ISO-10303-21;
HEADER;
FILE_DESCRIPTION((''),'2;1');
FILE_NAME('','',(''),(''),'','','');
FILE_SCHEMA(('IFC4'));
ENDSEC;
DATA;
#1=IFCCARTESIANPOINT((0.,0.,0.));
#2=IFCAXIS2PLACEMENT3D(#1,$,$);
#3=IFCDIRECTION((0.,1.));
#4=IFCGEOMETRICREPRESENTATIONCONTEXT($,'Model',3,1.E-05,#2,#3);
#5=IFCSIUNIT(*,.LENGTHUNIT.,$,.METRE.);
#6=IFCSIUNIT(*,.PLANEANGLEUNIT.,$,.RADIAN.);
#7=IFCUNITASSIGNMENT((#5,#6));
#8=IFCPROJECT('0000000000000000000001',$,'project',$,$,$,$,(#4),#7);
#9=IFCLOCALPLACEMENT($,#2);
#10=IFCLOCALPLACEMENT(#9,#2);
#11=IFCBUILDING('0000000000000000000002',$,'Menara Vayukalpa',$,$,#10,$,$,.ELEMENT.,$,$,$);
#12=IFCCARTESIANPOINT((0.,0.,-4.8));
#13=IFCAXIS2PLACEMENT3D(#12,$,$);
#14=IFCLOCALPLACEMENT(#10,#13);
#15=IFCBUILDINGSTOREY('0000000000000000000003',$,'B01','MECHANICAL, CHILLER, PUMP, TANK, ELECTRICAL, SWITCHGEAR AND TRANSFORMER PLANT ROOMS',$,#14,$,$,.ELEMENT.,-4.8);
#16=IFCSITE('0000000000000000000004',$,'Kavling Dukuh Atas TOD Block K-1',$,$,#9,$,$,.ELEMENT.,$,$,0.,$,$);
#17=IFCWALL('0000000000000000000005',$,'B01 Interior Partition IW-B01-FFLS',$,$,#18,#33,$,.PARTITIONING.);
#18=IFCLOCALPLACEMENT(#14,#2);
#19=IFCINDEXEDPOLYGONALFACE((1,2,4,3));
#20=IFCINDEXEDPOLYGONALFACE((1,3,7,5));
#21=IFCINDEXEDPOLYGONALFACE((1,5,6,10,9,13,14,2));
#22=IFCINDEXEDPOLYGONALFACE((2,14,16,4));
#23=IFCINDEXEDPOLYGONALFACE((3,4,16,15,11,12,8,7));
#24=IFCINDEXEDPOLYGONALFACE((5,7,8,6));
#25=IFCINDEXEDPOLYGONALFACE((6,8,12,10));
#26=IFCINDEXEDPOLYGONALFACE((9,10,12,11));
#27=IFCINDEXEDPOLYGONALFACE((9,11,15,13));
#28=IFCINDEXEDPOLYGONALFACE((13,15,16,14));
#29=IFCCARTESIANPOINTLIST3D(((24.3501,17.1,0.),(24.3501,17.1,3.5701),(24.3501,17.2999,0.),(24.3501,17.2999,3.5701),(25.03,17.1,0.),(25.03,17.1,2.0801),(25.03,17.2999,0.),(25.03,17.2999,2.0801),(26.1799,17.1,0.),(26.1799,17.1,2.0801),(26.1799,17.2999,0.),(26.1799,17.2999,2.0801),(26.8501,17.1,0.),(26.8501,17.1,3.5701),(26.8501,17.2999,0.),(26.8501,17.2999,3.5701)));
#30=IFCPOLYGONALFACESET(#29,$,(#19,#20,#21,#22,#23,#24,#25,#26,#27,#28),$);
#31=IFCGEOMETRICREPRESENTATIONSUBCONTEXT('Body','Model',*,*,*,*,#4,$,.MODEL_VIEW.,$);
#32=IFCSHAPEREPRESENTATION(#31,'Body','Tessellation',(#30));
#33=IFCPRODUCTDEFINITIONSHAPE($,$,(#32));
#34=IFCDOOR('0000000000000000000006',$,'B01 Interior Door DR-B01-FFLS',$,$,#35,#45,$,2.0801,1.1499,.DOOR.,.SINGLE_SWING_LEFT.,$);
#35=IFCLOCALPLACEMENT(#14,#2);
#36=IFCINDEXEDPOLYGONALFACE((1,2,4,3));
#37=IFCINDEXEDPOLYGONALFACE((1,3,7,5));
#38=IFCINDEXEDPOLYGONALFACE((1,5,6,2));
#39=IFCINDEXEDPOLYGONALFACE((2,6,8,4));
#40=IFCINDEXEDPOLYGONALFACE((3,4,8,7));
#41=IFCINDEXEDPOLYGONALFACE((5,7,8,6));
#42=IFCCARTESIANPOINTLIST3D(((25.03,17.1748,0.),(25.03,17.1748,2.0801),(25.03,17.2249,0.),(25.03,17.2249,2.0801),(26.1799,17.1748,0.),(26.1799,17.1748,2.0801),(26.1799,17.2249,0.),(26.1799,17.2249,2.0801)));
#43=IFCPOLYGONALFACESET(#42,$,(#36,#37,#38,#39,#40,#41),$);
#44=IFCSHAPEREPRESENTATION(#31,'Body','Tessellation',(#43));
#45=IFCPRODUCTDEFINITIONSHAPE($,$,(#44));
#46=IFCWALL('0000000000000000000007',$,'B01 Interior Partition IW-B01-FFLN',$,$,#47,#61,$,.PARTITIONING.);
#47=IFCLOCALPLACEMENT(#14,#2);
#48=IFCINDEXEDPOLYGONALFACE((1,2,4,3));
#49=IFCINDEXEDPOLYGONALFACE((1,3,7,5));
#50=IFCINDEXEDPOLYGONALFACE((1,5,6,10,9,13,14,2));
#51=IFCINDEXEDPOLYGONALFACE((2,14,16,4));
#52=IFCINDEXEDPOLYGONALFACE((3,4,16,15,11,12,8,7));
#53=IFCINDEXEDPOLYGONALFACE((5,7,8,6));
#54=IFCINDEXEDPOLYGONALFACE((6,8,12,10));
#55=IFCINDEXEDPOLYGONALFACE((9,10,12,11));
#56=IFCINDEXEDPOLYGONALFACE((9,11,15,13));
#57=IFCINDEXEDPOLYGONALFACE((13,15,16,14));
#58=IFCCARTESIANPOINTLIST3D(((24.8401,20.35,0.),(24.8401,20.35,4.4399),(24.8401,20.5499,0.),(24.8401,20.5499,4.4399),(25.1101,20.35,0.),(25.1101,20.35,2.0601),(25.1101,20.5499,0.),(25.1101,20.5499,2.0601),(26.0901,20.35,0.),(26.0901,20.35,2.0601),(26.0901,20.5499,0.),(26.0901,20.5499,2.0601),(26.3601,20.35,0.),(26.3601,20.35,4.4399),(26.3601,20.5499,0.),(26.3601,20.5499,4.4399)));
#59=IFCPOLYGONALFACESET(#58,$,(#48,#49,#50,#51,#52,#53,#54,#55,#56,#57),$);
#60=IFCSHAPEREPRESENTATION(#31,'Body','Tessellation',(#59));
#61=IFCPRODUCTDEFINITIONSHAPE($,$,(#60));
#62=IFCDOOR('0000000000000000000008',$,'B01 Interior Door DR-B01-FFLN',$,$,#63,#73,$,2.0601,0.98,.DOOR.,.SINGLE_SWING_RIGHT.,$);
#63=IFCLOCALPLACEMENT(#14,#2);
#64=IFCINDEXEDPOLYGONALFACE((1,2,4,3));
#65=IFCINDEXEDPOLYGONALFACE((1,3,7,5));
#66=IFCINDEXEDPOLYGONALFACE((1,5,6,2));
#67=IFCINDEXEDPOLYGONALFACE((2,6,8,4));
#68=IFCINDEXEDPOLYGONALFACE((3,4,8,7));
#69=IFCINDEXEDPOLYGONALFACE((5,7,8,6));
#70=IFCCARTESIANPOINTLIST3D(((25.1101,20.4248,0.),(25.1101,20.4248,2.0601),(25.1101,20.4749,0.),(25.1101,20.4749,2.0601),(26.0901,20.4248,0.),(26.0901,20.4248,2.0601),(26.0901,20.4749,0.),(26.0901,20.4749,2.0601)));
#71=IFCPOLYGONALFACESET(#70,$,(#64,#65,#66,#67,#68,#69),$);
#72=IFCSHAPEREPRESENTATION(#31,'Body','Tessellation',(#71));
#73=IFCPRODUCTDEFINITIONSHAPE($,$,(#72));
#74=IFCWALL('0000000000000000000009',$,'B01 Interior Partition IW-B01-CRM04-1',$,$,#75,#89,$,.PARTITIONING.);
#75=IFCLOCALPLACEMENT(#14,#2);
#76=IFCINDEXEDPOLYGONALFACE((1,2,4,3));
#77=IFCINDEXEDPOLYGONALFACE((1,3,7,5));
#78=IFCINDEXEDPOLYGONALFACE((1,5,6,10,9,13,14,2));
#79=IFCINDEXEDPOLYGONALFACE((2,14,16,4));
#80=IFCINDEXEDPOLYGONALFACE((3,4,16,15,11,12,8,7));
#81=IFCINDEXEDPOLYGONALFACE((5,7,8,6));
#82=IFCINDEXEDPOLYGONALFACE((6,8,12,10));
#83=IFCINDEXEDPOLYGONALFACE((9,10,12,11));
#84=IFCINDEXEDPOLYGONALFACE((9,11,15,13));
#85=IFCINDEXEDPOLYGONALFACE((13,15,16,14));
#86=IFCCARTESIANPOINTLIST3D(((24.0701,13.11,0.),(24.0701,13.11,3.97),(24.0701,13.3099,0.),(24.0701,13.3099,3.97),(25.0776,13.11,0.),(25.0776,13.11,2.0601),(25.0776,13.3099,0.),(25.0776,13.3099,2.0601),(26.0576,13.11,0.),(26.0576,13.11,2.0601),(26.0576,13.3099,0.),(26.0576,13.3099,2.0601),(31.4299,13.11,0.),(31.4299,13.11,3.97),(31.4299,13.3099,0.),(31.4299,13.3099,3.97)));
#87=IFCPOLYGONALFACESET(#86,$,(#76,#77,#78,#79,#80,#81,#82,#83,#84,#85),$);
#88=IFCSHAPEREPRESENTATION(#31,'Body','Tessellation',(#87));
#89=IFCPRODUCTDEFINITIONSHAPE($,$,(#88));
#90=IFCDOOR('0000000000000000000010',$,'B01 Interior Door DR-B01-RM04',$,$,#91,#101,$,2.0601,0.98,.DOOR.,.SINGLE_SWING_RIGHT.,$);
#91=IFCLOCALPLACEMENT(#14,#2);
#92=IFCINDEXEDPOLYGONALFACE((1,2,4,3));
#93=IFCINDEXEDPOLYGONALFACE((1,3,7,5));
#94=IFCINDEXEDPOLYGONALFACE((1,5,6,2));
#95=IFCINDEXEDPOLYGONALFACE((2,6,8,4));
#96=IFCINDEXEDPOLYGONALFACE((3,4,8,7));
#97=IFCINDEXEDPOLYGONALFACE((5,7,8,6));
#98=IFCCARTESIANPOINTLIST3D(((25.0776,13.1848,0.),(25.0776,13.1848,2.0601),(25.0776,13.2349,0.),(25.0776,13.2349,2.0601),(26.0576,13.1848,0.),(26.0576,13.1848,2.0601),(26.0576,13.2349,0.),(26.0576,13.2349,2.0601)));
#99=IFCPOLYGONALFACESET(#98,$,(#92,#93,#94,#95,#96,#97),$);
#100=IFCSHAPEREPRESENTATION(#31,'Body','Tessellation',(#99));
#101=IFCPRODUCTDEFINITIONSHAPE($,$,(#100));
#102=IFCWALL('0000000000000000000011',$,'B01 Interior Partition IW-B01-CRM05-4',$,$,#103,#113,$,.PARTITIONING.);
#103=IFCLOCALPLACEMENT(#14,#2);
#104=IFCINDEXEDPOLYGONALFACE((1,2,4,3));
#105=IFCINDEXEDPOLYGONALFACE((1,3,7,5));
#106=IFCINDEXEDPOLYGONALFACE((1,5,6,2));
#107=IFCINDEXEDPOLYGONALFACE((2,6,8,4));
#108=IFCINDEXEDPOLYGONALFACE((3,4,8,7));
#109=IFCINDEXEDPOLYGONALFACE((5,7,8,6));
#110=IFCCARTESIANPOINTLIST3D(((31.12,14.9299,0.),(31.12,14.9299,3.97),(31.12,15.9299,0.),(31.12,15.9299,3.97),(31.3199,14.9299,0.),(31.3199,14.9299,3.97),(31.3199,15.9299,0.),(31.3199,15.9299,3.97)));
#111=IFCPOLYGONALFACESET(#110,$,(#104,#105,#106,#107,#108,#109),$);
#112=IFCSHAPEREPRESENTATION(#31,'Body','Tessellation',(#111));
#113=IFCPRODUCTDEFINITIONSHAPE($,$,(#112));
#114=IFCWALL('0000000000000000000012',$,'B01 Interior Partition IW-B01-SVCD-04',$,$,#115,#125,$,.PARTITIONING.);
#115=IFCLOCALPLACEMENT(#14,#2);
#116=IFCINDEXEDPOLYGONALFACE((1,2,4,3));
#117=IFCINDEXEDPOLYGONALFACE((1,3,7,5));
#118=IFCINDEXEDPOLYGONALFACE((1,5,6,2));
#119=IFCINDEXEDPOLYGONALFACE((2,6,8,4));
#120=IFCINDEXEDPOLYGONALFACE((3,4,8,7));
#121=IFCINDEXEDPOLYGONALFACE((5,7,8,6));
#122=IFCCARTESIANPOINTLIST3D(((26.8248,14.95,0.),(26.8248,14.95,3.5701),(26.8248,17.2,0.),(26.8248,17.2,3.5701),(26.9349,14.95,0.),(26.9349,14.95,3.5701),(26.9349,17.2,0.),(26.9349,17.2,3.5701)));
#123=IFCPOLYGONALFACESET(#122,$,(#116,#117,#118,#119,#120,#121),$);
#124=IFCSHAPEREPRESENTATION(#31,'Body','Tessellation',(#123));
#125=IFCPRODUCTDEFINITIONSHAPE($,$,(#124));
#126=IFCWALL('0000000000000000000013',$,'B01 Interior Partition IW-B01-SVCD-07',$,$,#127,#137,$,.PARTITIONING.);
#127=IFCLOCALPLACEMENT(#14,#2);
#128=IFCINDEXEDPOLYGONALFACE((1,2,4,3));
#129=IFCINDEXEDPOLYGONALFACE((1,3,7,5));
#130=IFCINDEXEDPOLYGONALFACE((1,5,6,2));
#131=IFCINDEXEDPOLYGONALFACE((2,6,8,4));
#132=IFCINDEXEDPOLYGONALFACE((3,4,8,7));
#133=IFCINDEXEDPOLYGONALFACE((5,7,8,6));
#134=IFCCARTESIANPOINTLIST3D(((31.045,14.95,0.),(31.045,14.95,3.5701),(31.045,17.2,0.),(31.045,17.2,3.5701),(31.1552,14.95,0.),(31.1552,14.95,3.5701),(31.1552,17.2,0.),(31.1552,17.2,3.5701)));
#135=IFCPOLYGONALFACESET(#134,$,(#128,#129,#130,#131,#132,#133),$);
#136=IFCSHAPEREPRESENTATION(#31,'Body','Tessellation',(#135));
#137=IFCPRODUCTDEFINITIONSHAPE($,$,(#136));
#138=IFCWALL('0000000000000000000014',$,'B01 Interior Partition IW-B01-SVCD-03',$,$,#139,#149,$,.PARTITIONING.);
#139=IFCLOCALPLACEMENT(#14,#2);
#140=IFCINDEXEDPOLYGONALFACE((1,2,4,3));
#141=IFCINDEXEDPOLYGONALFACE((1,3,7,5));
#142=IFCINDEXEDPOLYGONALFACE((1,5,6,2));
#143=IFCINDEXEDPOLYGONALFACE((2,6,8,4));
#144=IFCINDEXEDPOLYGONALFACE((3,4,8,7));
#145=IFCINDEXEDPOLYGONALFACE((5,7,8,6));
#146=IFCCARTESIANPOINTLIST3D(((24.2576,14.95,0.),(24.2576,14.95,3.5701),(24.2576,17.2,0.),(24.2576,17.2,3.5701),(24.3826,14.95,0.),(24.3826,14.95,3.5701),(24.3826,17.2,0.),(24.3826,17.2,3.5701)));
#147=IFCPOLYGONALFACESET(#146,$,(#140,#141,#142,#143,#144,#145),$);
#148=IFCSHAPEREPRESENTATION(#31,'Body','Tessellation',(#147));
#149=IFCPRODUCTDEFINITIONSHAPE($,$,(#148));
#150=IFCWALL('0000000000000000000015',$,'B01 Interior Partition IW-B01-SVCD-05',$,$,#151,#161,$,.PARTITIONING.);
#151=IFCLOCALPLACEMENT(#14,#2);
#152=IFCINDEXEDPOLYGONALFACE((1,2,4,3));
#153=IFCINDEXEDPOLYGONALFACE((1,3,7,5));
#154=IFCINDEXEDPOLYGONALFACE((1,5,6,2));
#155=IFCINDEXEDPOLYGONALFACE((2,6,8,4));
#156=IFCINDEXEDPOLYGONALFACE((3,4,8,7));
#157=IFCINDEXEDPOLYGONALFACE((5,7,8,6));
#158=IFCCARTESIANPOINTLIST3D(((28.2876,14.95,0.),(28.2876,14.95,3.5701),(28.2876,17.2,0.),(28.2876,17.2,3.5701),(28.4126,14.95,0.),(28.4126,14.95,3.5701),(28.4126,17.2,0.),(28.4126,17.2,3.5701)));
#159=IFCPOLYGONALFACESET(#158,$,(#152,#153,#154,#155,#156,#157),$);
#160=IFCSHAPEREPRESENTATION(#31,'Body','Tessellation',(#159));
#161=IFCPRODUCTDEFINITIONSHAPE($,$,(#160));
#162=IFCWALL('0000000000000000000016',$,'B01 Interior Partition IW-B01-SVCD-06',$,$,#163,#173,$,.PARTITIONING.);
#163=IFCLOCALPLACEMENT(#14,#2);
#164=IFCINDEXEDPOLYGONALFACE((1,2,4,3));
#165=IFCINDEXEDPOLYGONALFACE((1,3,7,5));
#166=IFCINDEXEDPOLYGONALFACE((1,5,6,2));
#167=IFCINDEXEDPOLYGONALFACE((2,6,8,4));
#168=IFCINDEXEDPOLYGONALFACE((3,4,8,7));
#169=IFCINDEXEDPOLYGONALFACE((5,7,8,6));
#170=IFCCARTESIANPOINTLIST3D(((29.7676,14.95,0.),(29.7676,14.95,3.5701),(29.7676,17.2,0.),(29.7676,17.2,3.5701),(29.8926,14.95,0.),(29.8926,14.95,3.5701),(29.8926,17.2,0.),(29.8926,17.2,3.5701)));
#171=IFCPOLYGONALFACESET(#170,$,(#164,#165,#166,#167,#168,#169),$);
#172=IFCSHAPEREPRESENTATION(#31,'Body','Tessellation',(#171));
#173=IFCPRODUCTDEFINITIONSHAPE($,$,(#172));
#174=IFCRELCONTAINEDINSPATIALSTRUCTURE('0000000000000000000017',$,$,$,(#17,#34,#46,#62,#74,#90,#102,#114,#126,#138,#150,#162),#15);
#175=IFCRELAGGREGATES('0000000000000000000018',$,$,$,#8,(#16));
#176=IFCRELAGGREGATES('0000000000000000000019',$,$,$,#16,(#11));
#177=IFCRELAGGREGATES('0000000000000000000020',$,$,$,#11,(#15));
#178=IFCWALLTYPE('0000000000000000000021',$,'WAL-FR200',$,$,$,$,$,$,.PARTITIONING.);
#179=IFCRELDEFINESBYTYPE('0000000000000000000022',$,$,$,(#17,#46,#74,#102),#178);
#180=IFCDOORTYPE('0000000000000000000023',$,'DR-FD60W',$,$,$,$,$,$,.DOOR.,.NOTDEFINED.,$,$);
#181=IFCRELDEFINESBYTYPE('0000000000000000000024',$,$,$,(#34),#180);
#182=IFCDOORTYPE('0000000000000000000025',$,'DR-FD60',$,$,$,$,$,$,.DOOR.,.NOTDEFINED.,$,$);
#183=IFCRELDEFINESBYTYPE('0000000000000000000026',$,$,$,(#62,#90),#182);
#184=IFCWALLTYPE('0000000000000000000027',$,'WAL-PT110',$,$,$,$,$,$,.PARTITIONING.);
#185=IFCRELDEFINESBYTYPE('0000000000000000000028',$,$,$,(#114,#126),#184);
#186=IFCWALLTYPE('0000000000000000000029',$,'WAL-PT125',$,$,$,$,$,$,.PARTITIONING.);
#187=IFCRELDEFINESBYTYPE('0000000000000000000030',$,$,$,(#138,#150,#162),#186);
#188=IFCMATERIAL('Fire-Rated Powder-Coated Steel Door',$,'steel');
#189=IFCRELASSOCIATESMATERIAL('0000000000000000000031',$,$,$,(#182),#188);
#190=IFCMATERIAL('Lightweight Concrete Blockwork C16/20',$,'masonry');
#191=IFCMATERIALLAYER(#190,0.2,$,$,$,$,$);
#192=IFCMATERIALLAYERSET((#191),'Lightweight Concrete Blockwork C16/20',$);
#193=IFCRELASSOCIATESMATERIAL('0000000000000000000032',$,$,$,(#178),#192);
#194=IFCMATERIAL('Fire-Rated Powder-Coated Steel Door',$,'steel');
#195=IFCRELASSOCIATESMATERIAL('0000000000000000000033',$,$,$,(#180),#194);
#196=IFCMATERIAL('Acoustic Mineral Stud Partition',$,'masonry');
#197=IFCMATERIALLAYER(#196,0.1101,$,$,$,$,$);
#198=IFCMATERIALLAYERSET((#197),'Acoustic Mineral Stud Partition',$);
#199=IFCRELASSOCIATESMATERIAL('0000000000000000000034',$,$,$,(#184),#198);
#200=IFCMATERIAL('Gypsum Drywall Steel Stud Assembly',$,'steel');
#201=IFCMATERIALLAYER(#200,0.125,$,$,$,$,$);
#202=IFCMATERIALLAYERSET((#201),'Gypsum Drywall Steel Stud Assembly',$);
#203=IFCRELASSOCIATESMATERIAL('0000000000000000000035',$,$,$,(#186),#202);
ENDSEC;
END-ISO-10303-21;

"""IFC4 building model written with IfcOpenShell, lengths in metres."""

from ifc_helpers import new_model, si_unit, direction, frame, frame_2d, origin, place, context, subcontext, project, spatial, rectangle, extrude, material, layer, layer_set, type_object, element, fill, save


model = new_model("IFC4")

# Units and contexts
model_context = context("Model", 3, precision=1e-05, world=origin(), true_north=direction((0.0, 1.0)))
body_context = subcontext(model_context, "Body", "Model", "MODEL_VIEW")
ifc_project = project(units=[si_unit("LENGTHUNIT", "METRE"), si_unit("PLANEANGLEUNIT", "RADIAN")], contexts=[model_context])

# Site, building, storey
site_placement = place(None, origin())
site = spatial("IfcSite", under=ifc_project, at=site_placement, Name="Kavling Dukuh Atas TOD Block K-1", CompositionType="ELEMENT", RefElevation=0.0)
building_placement = place(site_placement, origin())
building = spatial("IfcBuilding", under=site, at=building_placement, Name="Menara Vayukalpa", CompositionType="ELEMENT")
storey_placement = place(building_placement, frame((0.0, 0.0, -4.8)))
storey = spatial("IfcBuildingStorey", under=building, at=storey_placement, Name="B01", Description="MECHANICAL, CHILLER, PUMP, TANK, ELECTRICAL, SWITCHGEAR AND TRANSFORMER PLANT ROOMS", CompositionType="ELEMENT", Elevation=-4.8)

# Walls, openings, doors
ifc_material_1 = material(Name="Fire-Rated Powder-Coated Steel Door", Category="steel")
door_type_1 = type_object("IfcDoorType", Name="DR-FD60", OperationType="NOTDEFINED", PredefinedType="DOOR", material=ifc_material_1)
ifc_material_2 = material(Name="Lightweight Concrete Blockwork C16/20", Category="masonry")
ifc_layer_1 = layer(ifc_material_2, 0.2)
ifc_layer_set_1 = layer_set([ifc_layer_1], Name="Lightweight Concrete Blockwork C16/20")
wall_type_1 = type_object("IfcWallType", Name="WAL-FR200", PredefinedType="PARTITIONING", material=ifc_layer_set_1)
wall_1_placement = place(storey_placement, frame((24.3501, 17.2, 0.0), z_axis=(0.0, 0.0, 1.0), x_axis=(1.0, 0.0, 0.0)))
wall_1 = element("IfcWall", 1, at=wall_1_placement, inside=storey, type_object=wall_type_1, Name="B01 Interior Partition IW-B01-FFLS", PredefinedType="PARTITIONING", context=body_context, shape_type="SweptSolid", body=[
    extrude(rectangle(XDim=2.5, YDim=0.2, at=frame_2d((1.25, 0.0))), origin(), (0.0, 0.0, 1.0), 3.5701),
])
opening_1_placement = place(wall_1_placement, frame((0.6799, 0.0, 0.0)))
opening_1 = element("IfcOpeningElement", 2, at=opening_1_placement, cuts=wall_1, PredefinedType="OPENING", context=body_context, shape_type="SweptSolid", body=[
    extrude(rectangle(XDim=1.1499, YDim=2.0801, at=frame_2d((0.575, 1.04))), frame((0.0, 0.1099, 0.0), z_axis=(0.0, -1.0, 0.0), x_axis=(1.0, 0.0, 0.0)), (0.0, 0.0, 1.0), 0.22),
])
ifc_material_3 = material(Name="Fire-Rated Powder-Coated Steel Door", Category="steel")
door_type_2 = type_object("IfcDoorType", Name="DR-FD60W", OperationType="NOTDEFINED", PredefinedType="DOOR", material=ifc_material_3)
door_1_placement = place(opening_1_placement, origin())
door_1 = element("IfcDoor", 3, at=door_1_placement, inside=storey, type_object=door_type_2, Name="B01 Interior Door DR-B01-FFLS", OperationType="SINGLE_SWING_LEFT", OverallHeight=2.0801, OverallWidth=1.1499, PredefinedType="DOOR", context=body_context, shape_type="SweptSolid", body=[
    extrude(rectangle(XDim=1.1499, YDim=2.0801, at=frame_2d((0.575, 1.04))), frame((0.0, 0.0249, 0.0), z_axis=(0.0, -1.0, 0.0), x_axis=(1.0, 0.0, 0.0)), (0.0, 0.0, 1.0), 0.05),
])
fill(opening_1, door_1)
wall_2_placement = place(storey_placement, frame((24.8401, 20.45, 0.0), z_axis=(0.0, 0.0, 1.0), x_axis=(1.0, 0.0, 0.0)))
wall_2 = element("IfcWall", 4, at=wall_2_placement, inside=storey, type_object=wall_type_1, Name="B01 Interior Partition IW-B01-FFLN", PredefinedType="PARTITIONING", context=body_context, shape_type="SweptSolid", body=[
    extrude(rectangle(XDim=1.52, YDim=0.2, at=frame_2d((0.76, 0.0))), origin(), (0.0, 0.0, 1.0), 4.4399),
])
opening_2_placement = place(wall_2_placement, frame((0.27, 0.0, 0.0)))
opening_2 = element("IfcOpeningElement", 5, at=opening_2_placement, cuts=wall_2, PredefinedType="OPENING", context=body_context, shape_type="SweptSolid", body=[
    extrude(rectangle(XDim=0.98, YDim=2.0601, at=frame_2d((0.49, 1.03))), frame((0.0, 0.1099, 0.0), z_axis=(0.0, -1.0, 0.0), x_axis=(1.0, 0.0, 0.0)), (0.0, 0.0, 1.0), 0.22),
])
door_2_placement = place(opening_2_placement, origin())
door_2 = element("IfcDoor", 6, at=door_2_placement, inside=storey, type_object=door_type_1, Name="B01 Interior Door DR-B01-FFLN", OperationType="SINGLE_SWING_RIGHT", OverallHeight=2.0601, OverallWidth=0.98, PredefinedType="DOOR", context=body_context, shape_type="SweptSolid", body=[
    extrude(rectangle(XDim=0.98, YDim=2.0601, at=frame_2d((0.49, 1.03))), frame((0.0, 0.0249, 0.0), z_axis=(0.0, -1.0, 0.0), x_axis=(1.0, 0.0, 0.0)), (0.0, 0.0, 1.0), 0.05),
])
fill(opening_2, door_2)
wall_3_placement = place(storey_placement, frame((24.0701, 13.21, 0.0), z_axis=(0.0, 0.0, 1.0), x_axis=(1.0, 0.0, 0.0)))
wall_3 = element("IfcWall", 7, at=wall_3_placement, inside=storey, type_object=wall_type_1, Name="B01 Interior Partition IW-B01-CRM04-1", PredefinedType="PARTITIONING", context=body_context, shape_type="SweptSolid", body=[
    extrude(rectangle(XDim=7.3599, YDim=0.2, at=frame_2d((3.6799, 0.0))), origin(), (0.0, 0.0, 1.0), 3.97),
])
opening_3_placement = place(wall_3_placement, frame((1.0076, 0.0, 0.0)))
opening_3 = element("IfcOpeningElement", 8, at=opening_3_placement, cuts=wall_3, PredefinedType="OPENING", context=body_context, shape_type="SweptSolid", body=[
    extrude(rectangle(XDim=0.98, YDim=2.0601, at=frame_2d((0.49, 1.03))), frame((0.0, 0.1099, 0.0), z_axis=(0.0, -1.0, 0.0), x_axis=(1.0, 0.0, 0.0)), (0.0, 0.0, 1.0), 0.22),
])
door_3_placement = place(opening_3_placement, origin())
door_3 = element("IfcDoor", 9, at=door_3_placement, inside=storey, type_object=door_type_1, Name="B01 Interior Door DR-B01-RM04", OperationType="SINGLE_SWING_RIGHT", OverallHeight=2.0601, OverallWidth=0.98, PredefinedType="DOOR", context=body_context, shape_type="SweptSolid", body=[
    extrude(rectangle(XDim=0.98, YDim=2.0601, at=frame_2d((0.49, 1.03))), frame((0.0, 0.0249, 0.0), z_axis=(0.0, -1.0, 0.0), x_axis=(1.0, 0.0, 0.0)), (0.0, 0.0, 1.0), 0.05),
])
fill(opening_3, door_3)

# Walls
wall_4_placement = place(storey_placement, frame((31.22, 14.9299, 0.0), z_axis=(0.0, 0.0, 1.0), x_axis=(0.0, 1.0, 0.0)))
element("IfcWall", 10, at=wall_4_placement, inside=storey, type_object=wall_type_1, Name="B01 Interior Partition IW-B01-CRM05-4", PredefinedType="PARTITIONING", context=body_context, shape_type="SweptSolid", body=[
    extrude(rectangle(XDim=1.0, YDim=0.2, at=frame_2d((0.5, 0.0))), origin(), (0.0, 0.0, 1.0), 3.97),
])
ifc_material_4 = material(Name="Acoustic Mineral Stud Partition", Category="masonry")
ifc_layer_2 = layer(ifc_material_4, 0.1101)
ifc_layer_set_2 = layer_set([ifc_layer_2], Name="Acoustic Mineral Stud Partition")
wall_type_2 = type_object("IfcWallType", Name="WAL-PT110", PredefinedType="PARTITIONING", material=ifc_layer_set_2)
for number, where, z_axis, x_axis, name in (
    (11, (26.8799, 14.95, 0.0), (0.0, 0.0, 1.0), (0.0, 1.0, 0.0), "B01 Interior Partition IW-B01-SVCD-04"),
    (12, (31.1001, 14.95, 0.0), (0.0, 0.0, 1.0), (0.0, 1.0, 0.0), "B01 Interior Partition IW-B01-SVCD-07"),
):
    element("IfcWall", number, at=place(storey_placement, frame(where, z_axis=z_axis, x_axis=x_axis)), inside=storey, type_object=wall_type_2, Name=name, PredefinedType="PARTITIONING", context=body_context, shape_type="SweptSolid", body=[
        extrude(rectangle(XDim=2.25, YDim=0.1101, at=frame_2d((1.125, 0.0))), origin(), (0.0, 0.0, 1.0), 3.5701),
    ])
ifc_material_5 = material(Name="Gypsum Drywall Steel Stud Assembly", Category="steel")
ifc_layer_3 = layer(ifc_material_5, 0.125)
ifc_layer_set_3 = layer_set([ifc_layer_3], Name="Gypsum Drywall Steel Stud Assembly")
wall_type_3 = type_object("IfcWallType", Name="WAL-PT125", PredefinedType="PARTITIONING", material=ifc_layer_set_3)
for number, where, z_axis, x_axis, name in (
    (13, (24.3201, 14.95, 0.0), (0.0, 0.0, 1.0), (0.0, 1.0, 0.0), "B01 Interior Partition IW-B01-SVCD-03"),
    (14, (28.3501, 14.95, 0.0), (0.0, 0.0, 1.0), (0.0, 1.0, 0.0), "B01 Interior Partition IW-B01-SVCD-05"),
    (15, (29.8301, 14.95, 0.0), (0.0, 0.0, 1.0), (0.0, 1.0, 0.0), "B01 Interior Partition IW-B01-SVCD-06"),
):
    element("IfcWall", number, at=place(storey_placement, frame(where, z_axis=z_axis, x_axis=x_axis)), inside=storey, type_object=wall_type_3, Name=name, PredefinedType="PARTITIONING", context=body_context, shape_type="SweptSolid", body=[
        extrude(rectangle(XDim=2.25, YDim=0.125, at=frame_2d((1.125, 0.0))), origin(), (0.0, 0.0, 1.0), 3.5701),
    ])

save(model, "model.ifc")
